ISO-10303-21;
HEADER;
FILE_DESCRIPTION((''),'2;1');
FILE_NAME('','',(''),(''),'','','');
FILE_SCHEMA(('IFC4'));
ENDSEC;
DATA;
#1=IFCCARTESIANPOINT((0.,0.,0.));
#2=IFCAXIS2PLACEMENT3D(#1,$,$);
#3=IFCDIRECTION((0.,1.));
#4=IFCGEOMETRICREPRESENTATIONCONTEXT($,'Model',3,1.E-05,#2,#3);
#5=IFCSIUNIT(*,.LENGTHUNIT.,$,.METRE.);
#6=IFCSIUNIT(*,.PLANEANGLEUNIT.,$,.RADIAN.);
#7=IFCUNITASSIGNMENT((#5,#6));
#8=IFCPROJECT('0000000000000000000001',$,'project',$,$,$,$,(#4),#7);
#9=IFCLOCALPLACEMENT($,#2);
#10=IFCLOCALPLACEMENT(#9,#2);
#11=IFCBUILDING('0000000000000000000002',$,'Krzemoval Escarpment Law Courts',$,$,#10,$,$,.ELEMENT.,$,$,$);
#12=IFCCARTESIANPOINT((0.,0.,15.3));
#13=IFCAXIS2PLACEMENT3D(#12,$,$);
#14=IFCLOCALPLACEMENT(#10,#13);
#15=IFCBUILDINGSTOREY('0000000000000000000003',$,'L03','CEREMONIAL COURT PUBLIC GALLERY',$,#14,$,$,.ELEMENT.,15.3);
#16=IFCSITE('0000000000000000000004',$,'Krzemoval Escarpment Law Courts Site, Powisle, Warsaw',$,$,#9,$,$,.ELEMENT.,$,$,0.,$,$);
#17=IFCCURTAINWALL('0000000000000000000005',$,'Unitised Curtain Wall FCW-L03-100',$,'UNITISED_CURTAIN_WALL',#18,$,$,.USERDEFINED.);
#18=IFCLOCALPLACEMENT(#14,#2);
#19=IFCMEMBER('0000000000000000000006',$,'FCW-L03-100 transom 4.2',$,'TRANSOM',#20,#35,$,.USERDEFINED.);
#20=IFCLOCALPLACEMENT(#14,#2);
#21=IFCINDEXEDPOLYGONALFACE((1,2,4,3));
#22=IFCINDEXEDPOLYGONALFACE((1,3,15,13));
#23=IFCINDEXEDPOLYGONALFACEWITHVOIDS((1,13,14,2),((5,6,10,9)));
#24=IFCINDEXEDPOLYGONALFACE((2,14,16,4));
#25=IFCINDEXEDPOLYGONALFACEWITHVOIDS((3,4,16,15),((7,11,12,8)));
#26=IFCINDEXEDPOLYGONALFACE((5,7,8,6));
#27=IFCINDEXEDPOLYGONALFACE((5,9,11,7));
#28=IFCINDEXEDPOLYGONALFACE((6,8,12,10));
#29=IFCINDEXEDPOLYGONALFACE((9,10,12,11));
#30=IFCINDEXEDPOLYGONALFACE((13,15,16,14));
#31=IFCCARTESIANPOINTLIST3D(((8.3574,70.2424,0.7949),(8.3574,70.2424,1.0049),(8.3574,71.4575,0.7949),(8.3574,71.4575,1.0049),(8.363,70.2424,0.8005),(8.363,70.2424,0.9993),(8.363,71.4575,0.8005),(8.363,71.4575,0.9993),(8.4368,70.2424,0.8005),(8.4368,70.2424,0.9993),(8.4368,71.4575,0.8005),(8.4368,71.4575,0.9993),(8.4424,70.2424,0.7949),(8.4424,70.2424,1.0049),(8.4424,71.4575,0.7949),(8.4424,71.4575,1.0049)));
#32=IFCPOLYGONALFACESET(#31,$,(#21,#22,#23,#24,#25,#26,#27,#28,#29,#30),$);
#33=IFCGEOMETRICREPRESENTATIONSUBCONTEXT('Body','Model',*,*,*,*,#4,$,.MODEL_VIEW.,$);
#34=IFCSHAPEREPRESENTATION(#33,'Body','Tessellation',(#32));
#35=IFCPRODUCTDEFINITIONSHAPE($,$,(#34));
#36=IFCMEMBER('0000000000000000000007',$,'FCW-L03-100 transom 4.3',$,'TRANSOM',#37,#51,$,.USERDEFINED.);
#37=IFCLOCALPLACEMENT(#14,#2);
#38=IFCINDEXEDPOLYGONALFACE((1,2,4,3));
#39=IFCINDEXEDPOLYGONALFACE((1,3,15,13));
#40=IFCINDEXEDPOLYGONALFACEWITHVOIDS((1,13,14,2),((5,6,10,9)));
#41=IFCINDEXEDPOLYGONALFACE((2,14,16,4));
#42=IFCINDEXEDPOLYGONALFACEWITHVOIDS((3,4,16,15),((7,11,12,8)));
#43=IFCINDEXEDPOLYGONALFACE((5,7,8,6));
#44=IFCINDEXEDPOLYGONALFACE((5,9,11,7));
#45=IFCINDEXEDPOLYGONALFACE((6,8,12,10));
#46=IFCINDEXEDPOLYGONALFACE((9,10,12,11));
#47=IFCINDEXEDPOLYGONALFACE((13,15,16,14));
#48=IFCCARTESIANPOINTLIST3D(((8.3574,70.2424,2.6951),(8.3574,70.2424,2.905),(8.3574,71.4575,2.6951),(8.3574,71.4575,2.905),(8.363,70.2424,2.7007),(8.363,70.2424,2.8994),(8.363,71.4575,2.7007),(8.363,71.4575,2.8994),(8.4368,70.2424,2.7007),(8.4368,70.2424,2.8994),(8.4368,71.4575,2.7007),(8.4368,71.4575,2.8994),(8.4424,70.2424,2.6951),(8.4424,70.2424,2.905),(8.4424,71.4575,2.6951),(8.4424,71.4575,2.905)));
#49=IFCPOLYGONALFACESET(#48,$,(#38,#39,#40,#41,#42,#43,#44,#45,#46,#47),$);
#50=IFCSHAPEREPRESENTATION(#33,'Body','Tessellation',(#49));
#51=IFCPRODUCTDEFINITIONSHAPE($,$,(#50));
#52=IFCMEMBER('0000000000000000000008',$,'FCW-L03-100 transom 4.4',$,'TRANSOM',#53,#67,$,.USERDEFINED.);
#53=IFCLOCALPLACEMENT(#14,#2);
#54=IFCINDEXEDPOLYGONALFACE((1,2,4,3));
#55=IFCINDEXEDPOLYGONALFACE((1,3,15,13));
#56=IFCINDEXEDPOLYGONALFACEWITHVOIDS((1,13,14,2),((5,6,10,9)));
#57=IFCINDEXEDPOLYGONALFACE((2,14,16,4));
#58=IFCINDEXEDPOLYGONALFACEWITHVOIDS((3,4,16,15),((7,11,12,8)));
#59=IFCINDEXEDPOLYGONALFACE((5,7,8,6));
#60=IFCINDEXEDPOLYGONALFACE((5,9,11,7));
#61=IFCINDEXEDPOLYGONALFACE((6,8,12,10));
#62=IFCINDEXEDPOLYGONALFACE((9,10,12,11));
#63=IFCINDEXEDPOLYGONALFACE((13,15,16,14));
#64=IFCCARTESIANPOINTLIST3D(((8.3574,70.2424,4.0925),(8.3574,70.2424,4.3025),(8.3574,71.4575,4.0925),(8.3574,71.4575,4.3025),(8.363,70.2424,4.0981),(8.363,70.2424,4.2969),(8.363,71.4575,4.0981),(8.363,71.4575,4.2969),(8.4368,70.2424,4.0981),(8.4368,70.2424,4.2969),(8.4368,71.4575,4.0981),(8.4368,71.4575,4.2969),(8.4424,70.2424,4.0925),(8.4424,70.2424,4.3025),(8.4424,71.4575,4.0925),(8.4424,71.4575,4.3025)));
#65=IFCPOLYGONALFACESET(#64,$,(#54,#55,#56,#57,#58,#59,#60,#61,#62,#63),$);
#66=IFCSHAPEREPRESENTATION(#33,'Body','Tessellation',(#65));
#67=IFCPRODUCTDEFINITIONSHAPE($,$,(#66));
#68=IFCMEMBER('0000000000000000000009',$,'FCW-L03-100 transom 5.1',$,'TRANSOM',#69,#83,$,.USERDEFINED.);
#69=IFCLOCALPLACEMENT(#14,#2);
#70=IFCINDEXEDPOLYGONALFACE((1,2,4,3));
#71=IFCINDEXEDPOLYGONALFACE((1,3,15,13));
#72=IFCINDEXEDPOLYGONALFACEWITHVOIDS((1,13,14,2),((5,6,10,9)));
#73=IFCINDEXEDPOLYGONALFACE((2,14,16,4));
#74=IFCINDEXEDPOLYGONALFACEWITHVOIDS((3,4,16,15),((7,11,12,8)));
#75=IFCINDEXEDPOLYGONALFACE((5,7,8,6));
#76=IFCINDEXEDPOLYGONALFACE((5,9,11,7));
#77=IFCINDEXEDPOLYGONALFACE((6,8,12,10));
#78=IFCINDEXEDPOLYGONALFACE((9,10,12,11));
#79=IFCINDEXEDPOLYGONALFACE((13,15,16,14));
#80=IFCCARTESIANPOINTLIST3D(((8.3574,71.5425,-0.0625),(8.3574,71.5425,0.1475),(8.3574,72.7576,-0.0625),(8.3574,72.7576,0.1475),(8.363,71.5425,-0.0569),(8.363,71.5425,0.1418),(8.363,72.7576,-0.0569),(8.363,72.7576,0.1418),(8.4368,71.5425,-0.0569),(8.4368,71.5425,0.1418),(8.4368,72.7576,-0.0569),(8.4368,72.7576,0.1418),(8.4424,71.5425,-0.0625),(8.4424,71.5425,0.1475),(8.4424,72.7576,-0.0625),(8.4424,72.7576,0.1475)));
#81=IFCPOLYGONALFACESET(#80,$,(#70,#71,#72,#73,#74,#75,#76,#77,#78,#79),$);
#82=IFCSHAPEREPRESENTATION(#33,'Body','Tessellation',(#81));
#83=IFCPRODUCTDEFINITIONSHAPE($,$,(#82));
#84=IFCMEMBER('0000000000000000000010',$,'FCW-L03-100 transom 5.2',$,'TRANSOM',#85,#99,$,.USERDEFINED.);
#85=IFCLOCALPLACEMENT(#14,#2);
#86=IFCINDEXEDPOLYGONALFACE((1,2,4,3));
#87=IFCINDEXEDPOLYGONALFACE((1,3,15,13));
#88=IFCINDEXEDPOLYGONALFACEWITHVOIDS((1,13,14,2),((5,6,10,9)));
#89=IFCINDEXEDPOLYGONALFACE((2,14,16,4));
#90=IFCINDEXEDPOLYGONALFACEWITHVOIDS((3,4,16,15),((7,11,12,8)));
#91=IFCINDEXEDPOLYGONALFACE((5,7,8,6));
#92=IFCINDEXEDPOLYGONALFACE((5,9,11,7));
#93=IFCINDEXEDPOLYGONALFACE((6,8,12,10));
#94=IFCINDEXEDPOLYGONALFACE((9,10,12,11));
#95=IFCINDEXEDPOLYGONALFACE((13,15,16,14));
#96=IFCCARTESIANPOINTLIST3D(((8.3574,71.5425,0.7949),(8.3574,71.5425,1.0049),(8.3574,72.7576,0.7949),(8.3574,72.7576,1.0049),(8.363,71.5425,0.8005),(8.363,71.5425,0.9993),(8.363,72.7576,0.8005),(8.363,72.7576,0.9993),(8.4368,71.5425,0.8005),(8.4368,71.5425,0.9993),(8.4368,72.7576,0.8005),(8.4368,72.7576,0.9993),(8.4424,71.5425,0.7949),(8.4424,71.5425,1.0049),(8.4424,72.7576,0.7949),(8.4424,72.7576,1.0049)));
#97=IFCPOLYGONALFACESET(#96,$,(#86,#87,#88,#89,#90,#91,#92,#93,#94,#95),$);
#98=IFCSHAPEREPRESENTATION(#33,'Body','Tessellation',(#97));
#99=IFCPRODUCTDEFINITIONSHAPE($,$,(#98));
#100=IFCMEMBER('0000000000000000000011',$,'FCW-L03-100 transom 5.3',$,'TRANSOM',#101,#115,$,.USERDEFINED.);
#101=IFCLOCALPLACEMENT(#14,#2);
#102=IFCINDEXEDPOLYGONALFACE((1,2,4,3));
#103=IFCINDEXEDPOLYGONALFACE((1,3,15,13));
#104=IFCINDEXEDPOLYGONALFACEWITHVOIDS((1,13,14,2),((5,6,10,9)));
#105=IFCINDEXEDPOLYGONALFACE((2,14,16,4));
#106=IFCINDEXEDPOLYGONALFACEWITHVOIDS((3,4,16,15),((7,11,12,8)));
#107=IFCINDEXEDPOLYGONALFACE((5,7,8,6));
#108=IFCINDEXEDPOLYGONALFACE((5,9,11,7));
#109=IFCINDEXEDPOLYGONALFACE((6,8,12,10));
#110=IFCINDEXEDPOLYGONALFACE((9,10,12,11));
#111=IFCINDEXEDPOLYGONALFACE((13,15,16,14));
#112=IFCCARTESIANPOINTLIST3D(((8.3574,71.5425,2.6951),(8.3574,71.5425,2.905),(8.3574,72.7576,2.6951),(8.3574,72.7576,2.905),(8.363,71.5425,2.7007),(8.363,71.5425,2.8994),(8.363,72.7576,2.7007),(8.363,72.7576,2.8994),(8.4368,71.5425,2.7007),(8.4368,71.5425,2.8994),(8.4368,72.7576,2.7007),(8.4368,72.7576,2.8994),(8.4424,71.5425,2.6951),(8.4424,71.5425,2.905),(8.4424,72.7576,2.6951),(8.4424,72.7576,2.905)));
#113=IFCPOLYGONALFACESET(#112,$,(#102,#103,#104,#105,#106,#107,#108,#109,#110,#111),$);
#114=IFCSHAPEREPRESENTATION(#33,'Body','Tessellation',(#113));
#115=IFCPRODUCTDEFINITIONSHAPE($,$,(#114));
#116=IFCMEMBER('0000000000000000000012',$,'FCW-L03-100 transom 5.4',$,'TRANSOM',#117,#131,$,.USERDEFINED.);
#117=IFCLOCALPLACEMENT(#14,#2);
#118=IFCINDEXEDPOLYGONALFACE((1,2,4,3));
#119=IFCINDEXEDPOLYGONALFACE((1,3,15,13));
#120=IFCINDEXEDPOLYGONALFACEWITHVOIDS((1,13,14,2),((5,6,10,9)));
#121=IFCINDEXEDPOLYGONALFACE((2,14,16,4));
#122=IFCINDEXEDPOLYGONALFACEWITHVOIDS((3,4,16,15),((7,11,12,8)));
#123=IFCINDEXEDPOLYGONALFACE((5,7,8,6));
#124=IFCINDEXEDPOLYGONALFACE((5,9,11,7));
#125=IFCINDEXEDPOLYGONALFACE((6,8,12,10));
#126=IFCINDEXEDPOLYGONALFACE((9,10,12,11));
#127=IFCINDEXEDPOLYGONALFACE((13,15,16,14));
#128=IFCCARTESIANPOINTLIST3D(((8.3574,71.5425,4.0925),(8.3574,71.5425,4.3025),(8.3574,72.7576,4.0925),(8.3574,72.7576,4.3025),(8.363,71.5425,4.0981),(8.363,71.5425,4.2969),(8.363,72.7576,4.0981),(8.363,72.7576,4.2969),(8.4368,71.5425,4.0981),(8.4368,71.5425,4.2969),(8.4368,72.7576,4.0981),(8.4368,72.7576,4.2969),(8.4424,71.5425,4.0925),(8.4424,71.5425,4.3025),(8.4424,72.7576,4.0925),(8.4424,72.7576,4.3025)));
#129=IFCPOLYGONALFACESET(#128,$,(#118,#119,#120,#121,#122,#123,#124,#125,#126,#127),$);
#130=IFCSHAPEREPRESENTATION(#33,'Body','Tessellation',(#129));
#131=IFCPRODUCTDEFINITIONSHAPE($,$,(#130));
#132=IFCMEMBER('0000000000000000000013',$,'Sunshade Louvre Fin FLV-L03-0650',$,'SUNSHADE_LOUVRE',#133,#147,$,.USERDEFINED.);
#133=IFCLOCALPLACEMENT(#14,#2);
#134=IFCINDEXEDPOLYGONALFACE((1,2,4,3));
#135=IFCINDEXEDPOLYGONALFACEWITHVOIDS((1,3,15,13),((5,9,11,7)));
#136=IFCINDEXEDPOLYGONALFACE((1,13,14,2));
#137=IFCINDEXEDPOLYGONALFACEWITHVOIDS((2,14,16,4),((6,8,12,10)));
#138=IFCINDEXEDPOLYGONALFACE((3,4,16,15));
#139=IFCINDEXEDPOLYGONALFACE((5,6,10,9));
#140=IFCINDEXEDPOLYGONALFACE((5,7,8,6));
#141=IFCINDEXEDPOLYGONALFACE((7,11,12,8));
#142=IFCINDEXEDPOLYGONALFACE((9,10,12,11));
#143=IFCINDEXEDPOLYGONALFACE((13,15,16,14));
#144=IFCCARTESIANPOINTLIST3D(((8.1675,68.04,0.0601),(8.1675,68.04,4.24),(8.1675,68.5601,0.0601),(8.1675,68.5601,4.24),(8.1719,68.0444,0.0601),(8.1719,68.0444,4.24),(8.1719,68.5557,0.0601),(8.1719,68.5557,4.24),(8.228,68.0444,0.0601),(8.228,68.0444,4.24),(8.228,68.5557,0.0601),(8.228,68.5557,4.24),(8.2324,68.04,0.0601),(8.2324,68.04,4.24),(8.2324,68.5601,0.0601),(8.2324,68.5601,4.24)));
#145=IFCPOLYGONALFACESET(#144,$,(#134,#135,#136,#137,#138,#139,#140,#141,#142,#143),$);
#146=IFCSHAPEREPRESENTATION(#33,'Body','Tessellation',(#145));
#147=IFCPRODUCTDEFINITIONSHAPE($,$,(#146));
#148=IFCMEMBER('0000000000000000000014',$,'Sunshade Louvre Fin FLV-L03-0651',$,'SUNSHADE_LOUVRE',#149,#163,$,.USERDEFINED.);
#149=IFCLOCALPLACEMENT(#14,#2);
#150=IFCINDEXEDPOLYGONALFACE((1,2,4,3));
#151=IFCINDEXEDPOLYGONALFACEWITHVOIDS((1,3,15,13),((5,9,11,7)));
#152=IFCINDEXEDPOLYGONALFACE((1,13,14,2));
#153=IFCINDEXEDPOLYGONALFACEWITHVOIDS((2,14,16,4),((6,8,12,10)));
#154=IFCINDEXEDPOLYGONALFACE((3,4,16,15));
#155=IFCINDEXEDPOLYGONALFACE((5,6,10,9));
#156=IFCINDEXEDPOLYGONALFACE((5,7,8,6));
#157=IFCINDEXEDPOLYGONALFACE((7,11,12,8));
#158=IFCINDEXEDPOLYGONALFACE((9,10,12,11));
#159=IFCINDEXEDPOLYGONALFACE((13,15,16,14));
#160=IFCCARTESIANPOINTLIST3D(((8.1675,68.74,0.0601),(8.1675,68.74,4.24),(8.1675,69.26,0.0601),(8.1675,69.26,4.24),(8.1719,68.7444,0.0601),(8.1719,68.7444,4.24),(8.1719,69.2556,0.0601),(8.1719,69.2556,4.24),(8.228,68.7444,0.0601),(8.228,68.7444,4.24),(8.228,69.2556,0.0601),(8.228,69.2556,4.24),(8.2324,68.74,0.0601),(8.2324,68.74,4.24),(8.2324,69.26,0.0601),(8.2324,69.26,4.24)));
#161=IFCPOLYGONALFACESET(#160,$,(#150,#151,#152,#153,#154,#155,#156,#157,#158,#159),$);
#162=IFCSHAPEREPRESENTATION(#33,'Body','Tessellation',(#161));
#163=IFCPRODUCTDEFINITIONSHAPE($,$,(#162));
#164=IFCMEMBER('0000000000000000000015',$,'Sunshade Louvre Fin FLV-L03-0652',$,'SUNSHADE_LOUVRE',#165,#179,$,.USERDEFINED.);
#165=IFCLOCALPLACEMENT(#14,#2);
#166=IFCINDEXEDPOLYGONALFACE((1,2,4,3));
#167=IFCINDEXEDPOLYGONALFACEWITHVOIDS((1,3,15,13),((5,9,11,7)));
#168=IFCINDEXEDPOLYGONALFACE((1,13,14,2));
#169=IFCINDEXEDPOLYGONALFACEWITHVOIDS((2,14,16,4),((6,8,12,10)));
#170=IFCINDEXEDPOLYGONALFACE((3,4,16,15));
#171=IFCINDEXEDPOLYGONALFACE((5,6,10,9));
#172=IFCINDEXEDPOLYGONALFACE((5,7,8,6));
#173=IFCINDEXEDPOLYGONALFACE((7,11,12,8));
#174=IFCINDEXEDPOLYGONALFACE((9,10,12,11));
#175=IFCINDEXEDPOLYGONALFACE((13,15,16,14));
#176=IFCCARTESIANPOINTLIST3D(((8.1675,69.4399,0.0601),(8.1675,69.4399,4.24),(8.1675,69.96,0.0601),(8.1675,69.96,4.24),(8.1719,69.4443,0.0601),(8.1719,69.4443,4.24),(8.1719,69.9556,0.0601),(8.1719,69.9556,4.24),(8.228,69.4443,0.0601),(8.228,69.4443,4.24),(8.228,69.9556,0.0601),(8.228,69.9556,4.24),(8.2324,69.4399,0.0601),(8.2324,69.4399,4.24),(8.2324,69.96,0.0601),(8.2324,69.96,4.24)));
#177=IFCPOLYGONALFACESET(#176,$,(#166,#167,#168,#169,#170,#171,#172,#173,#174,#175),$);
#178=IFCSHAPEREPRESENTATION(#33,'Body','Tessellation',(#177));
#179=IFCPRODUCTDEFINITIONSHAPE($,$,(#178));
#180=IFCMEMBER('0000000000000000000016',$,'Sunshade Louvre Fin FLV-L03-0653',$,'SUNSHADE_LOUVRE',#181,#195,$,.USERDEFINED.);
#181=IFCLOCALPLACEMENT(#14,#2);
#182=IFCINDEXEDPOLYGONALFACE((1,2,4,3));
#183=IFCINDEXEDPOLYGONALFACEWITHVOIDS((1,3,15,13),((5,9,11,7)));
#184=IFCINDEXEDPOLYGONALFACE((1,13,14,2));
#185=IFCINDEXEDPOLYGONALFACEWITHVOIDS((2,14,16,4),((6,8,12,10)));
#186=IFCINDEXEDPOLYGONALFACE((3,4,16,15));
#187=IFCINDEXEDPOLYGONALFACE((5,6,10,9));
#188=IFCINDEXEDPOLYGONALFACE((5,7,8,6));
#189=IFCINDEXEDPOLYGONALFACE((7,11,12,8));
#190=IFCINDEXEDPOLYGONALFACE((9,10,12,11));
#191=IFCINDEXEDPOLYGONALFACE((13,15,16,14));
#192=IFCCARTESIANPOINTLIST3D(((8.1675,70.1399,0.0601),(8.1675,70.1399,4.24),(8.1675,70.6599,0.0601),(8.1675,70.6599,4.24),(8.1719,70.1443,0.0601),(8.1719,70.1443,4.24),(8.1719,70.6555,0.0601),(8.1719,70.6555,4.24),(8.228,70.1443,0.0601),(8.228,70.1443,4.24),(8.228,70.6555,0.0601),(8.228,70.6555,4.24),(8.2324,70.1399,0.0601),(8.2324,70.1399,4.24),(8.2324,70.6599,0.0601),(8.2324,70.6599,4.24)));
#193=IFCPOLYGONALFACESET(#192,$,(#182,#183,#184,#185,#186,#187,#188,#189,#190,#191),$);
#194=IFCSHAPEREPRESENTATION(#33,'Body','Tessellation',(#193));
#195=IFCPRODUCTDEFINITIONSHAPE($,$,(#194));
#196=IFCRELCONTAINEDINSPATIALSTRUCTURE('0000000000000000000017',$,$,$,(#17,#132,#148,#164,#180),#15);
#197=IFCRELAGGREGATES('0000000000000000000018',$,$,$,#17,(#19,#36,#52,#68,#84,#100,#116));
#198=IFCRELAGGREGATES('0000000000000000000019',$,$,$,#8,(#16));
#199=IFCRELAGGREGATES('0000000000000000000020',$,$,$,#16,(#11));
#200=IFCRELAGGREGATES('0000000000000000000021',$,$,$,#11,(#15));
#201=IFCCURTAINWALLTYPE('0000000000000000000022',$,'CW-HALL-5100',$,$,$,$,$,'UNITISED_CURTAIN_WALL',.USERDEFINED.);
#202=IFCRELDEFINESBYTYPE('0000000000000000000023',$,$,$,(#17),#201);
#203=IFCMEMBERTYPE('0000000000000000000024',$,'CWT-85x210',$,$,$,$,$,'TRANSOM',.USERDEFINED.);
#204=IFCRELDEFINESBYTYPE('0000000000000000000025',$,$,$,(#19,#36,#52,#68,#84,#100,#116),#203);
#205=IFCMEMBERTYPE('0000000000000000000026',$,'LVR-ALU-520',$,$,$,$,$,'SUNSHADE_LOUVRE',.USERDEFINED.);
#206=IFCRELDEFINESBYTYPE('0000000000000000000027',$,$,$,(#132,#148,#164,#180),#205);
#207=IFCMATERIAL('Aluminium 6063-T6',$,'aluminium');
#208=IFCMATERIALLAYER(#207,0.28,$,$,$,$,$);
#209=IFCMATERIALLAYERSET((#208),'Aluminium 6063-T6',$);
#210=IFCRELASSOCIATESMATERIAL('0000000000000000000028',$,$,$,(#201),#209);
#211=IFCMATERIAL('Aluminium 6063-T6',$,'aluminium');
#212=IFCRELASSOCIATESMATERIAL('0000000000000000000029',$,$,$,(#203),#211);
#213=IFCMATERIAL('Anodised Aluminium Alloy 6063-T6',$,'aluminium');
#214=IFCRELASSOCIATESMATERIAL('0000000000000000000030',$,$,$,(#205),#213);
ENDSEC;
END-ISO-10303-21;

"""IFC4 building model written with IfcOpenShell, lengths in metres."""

from ifc_helpers import new_model, si_unit, direction, frame, origin, origin_2d, place, context, subcontext, project, spatial, hollow_rectangle, extrude, material, layer, layer_set, material_profile, profile_set, type_object, element, aggregate, save


model = new_model("IFC4")

# Units and contexts
model_context = context("Model", 3, precision=1e-05, world=origin(), true_north=direction((0.0, 1.0)))
body_context = subcontext(model_context, "Body", "Model", "MODEL_VIEW")
ifc_project = project(units=[si_unit("LENGTHUNIT", "METRE"), si_unit("PLANEANGLEUNIT", "RADIAN")], contexts=[model_context])

# Site, building, storey
site_placement = place(None, origin())
site = spatial("IfcSite", under=ifc_project, at=site_placement, Name="Krzemoval Escarpment Law Courts Site, Powisle, Warsaw", CompositionType="ELEMENT", RefElevation=0.0)
building_placement = place(site_placement, origin())
building = spatial("IfcBuilding", under=site, at=building_placement, Name="Krzemoval Escarpment Law Courts", CompositionType="ELEMENT")
storey_placement = place(building_placement, frame((0.0, 0.0, 15.3)))
storey = spatial("IfcBuildingStorey", under=building, at=storey_placement, Name="L03", Description="CEREMONIAL COURT PUBLIC GALLERY", CompositionType="ELEMENT", Elevation=15.3)

# Curtain wall, members
ifc_material_1 = material(Name="Aluminium 6063-T6", Category="aluminium")
ifc_layer_1 = layer(ifc_material_1, 0.28)
ifc_layer_set_1 = layer_set([ifc_layer_1], Name="Aluminium 6063-T6")
curtain_wall_type = type_object("IfcCurtainWallType", Name="CW-HALL-5100", ElementType="UNITISED_CURTAIN_WALL", PredefinedType="USERDEFINED", material=ifc_layer_set_1)
curtain_wall_placement = place(storey_placement, origin())
curtain_wall = element("IfcCurtainWall", 1, at=curtain_wall_placement, inside=storey, type_object=curtain_wall_type, Name="Unitised Curtain Wall FCW-L03-100", ObjectType="UNITISED_CURTAIN_WALL", PredefinedType="USERDEFINED")
ifc_material_2 = material(Name="Aluminium 6063-T6", Category="aluminium")
ifc_material_profile_1 = material_profile(ifc_material_2, hollow_rectangle(XDim=0.085, YDim=0.21, WallThickness=0.0056, at=origin_2d()), Name="ALU T85x210")
ifc_profile_set_1 = profile_set([ifc_material_profile_1], Name="Aluminium 6063-T6")
member_type_1 = type_object("IfcMemberType", Name="CWT-85x210", ElementType="TRANSOM", PredefinedType="USERDEFINED", material=ifc_profile_set_1)
member_1_placement = place(storey_placement, frame((8.3999, 70.2424, 0.8999), z_axis=(0.0, 1.0, 0.0), x_axis=(-1.0, 0.0, 0.0)))
member_1 = element("IfcMember", 2, at=member_1_placement, type_object=member_type_1, Name="FCW-L03-100 transom 4.2", ObjectType="TRANSOM", PredefinedType="USERDEFINED", context=body_context, shape_type="SweptSolid", body=[
    extrude(hollow_rectangle(XDim=0.085, YDim=0.21, WallThickness=0.0056, at=origin_2d()), origin(), (0.0, 0.0, 1.0), 1.2151),
])
member_2_placement = place(storey_placement, frame((8.3999, 70.2424, 2.8), z_axis=(0.0, 1.0, 0.0), x_axis=(-1.0, 0.0, 0.0)))
member_2 = element("IfcMember", 3, at=member_2_placement, type_object=member_type_1, Name="FCW-L03-100 transom 4.3", ObjectType="TRANSOM", PredefinedType="USERDEFINED", context=body_context, shape_type="SweptSolid", body=[
    extrude(hollow_rectangle(XDim=0.085, YDim=0.21, WallThickness=0.0056, at=origin_2d()), origin(), (0.0, 0.0, 1.0), 1.2151),
])
member_3_placement = place(storey_placement, frame((8.3999, 70.2424, 4.1975), z_axis=(0.0, 1.0, 0.0), x_axis=(-1.0, 0.0, 0.0)))
member_3 = element("IfcMember", 4, at=member_3_placement, type_object=member_type_1, Name="FCW-L03-100 transom 4.4", ObjectType="TRANSOM", PredefinedType="USERDEFINED", context=body_context, shape_type="SweptSolid", body=[
    extrude(hollow_rectangle(XDim=0.085, YDim=0.21, WallThickness=0.0056, at=origin_2d()), origin(), (0.0, 0.0, 1.0), 1.2151),
])
member_4_placement = place(storey_placement, frame((8.3999, 71.5425, 0.0425), z_axis=(0.0, 1.0, 0.0), x_axis=(-1.0, 0.0, 0.0)))
member_4 = element("IfcMember", 5, at=member_4_placement, type_object=member_type_1, Name="FCW-L03-100 transom 5.1", ObjectType="TRANSOM", PredefinedType="USERDEFINED", context=body_context, shape_type="SweptSolid", body=[
    extrude(hollow_rectangle(XDim=0.085, YDim=0.21, WallThickness=0.0056, at=origin_2d()), origin(), (0.0, 0.0, 1.0), 1.2151),
])
member_5_placement = place(storey_placement, frame((8.3999, 71.5425, 0.8999), z_axis=(0.0, 1.0, 0.0), x_axis=(-1.0, 0.0, 0.0)))
member_5 = element("IfcMember", 6, at=member_5_placement, type_object=member_type_1, Name="FCW-L03-100 transom 5.2", ObjectType="TRANSOM", PredefinedType="USERDEFINED", context=body_context, shape_type="SweptSolid", body=[
    extrude(hollow_rectangle(XDim=0.085, YDim=0.21, WallThickness=0.0056, at=origin_2d()), origin(), (0.0, 0.0, 1.0), 1.2151),
])
member_6_placement = place(storey_placement, frame((8.3999, 71.5425, 2.8), z_axis=(0.0, 1.0, 0.0), x_axis=(-1.0, 0.0, 0.0)))
member_6 = element("IfcMember", 7, at=member_6_placement, type_object=member_type_1, Name="FCW-L03-100 transom 5.3", ObjectType="TRANSOM", PredefinedType="USERDEFINED", context=body_context, shape_type="SweptSolid", body=[
    extrude(hollow_rectangle(XDim=0.085, YDim=0.21, WallThickness=0.0056, at=origin_2d()), origin(), (0.0, 0.0, 1.0), 1.2151),
])
member_7_placement = place(storey_placement, frame((8.3999, 71.5425, 4.1975), z_axis=(0.0, 1.0, 0.0), x_axis=(-1.0, 0.0, 0.0)))
member_7 = element("IfcMember", 8, at=member_7_placement, type_object=member_type_1, Name="FCW-L03-100 transom 5.4", ObjectType="TRANSOM", PredefinedType="USERDEFINED", context=body_context, shape_type="SweptSolid", body=[
    extrude(hollow_rectangle(XDim=0.085, YDim=0.21, WallThickness=0.0056, at=origin_2d()), origin(), (0.0, 0.0, 1.0), 1.2151),
])

# Members
ifc_material_3 = material(Name="Anodised Aluminium Alloy 6063-T6", Category="aluminium")
ifc_material_profile_2 = material_profile(ifc_material_3, hollow_rectangle(XDim=0.0649, YDim=0.52, WallThickness=0.0044, at=origin_2d()), Name="ALU LVR 65x520")
ifc_profile_set_2 = profile_set([ifc_material_profile_2], Name="Anodised Aluminium Alloy 6063-T6")
member_type_2 = type_object("IfcMemberType", Name="LVR-ALU-520", ElementType="SUNSHADE_LOUVRE", PredefinedType="USERDEFINED", material=ifc_profile_set_2)
for number, where, z_axis, x_axis, name in (
    (9, (8.2, 68.3, 0.0601), (0.0, 0.0, 1.0), (1.0, 0.0, 0.0), "Sunshade Louvre Fin FLV-L03-0650"),
    (10, (8.2, 69.0, 0.0601), (0.0, 0.0, 1.0), (1.0, 0.0, 0.0), "Sunshade Louvre Fin FLV-L03-0651"),
    (11, (8.2, 69.7, 0.0601), (0.0, 0.0, 1.0), (1.0, 0.0, 0.0), "Sunshade Louvre Fin FLV-L03-0652"),
    (12, (8.2, 70.3999, 0.0601), (0.0, 0.0, 1.0), (1.0, 0.0, 0.0), "Sunshade Louvre Fin FLV-L03-0653"),
):
    element("IfcMember", number, at=place(storey_placement, frame(where, z_axis=z_axis, x_axis=x_axis)), inside=storey, type_object=member_type_2, Name=name, ObjectType="SUNSHADE_LOUVRE", PredefinedType="USERDEFINED", context=body_context, shape_type="SweptSolid", body=[
        extrude(hollow_rectangle(XDim=0.0649, YDim=0.52, WallThickness=0.0044, at=origin_2d()), origin(), (0.0, 0.0, 1.0), 4.1799),
    ])

aggregate(curtain_wall, [member_1, member_2, member_3, member_4, member_5, member_6, member_7])

save(model, "model.ifc")
